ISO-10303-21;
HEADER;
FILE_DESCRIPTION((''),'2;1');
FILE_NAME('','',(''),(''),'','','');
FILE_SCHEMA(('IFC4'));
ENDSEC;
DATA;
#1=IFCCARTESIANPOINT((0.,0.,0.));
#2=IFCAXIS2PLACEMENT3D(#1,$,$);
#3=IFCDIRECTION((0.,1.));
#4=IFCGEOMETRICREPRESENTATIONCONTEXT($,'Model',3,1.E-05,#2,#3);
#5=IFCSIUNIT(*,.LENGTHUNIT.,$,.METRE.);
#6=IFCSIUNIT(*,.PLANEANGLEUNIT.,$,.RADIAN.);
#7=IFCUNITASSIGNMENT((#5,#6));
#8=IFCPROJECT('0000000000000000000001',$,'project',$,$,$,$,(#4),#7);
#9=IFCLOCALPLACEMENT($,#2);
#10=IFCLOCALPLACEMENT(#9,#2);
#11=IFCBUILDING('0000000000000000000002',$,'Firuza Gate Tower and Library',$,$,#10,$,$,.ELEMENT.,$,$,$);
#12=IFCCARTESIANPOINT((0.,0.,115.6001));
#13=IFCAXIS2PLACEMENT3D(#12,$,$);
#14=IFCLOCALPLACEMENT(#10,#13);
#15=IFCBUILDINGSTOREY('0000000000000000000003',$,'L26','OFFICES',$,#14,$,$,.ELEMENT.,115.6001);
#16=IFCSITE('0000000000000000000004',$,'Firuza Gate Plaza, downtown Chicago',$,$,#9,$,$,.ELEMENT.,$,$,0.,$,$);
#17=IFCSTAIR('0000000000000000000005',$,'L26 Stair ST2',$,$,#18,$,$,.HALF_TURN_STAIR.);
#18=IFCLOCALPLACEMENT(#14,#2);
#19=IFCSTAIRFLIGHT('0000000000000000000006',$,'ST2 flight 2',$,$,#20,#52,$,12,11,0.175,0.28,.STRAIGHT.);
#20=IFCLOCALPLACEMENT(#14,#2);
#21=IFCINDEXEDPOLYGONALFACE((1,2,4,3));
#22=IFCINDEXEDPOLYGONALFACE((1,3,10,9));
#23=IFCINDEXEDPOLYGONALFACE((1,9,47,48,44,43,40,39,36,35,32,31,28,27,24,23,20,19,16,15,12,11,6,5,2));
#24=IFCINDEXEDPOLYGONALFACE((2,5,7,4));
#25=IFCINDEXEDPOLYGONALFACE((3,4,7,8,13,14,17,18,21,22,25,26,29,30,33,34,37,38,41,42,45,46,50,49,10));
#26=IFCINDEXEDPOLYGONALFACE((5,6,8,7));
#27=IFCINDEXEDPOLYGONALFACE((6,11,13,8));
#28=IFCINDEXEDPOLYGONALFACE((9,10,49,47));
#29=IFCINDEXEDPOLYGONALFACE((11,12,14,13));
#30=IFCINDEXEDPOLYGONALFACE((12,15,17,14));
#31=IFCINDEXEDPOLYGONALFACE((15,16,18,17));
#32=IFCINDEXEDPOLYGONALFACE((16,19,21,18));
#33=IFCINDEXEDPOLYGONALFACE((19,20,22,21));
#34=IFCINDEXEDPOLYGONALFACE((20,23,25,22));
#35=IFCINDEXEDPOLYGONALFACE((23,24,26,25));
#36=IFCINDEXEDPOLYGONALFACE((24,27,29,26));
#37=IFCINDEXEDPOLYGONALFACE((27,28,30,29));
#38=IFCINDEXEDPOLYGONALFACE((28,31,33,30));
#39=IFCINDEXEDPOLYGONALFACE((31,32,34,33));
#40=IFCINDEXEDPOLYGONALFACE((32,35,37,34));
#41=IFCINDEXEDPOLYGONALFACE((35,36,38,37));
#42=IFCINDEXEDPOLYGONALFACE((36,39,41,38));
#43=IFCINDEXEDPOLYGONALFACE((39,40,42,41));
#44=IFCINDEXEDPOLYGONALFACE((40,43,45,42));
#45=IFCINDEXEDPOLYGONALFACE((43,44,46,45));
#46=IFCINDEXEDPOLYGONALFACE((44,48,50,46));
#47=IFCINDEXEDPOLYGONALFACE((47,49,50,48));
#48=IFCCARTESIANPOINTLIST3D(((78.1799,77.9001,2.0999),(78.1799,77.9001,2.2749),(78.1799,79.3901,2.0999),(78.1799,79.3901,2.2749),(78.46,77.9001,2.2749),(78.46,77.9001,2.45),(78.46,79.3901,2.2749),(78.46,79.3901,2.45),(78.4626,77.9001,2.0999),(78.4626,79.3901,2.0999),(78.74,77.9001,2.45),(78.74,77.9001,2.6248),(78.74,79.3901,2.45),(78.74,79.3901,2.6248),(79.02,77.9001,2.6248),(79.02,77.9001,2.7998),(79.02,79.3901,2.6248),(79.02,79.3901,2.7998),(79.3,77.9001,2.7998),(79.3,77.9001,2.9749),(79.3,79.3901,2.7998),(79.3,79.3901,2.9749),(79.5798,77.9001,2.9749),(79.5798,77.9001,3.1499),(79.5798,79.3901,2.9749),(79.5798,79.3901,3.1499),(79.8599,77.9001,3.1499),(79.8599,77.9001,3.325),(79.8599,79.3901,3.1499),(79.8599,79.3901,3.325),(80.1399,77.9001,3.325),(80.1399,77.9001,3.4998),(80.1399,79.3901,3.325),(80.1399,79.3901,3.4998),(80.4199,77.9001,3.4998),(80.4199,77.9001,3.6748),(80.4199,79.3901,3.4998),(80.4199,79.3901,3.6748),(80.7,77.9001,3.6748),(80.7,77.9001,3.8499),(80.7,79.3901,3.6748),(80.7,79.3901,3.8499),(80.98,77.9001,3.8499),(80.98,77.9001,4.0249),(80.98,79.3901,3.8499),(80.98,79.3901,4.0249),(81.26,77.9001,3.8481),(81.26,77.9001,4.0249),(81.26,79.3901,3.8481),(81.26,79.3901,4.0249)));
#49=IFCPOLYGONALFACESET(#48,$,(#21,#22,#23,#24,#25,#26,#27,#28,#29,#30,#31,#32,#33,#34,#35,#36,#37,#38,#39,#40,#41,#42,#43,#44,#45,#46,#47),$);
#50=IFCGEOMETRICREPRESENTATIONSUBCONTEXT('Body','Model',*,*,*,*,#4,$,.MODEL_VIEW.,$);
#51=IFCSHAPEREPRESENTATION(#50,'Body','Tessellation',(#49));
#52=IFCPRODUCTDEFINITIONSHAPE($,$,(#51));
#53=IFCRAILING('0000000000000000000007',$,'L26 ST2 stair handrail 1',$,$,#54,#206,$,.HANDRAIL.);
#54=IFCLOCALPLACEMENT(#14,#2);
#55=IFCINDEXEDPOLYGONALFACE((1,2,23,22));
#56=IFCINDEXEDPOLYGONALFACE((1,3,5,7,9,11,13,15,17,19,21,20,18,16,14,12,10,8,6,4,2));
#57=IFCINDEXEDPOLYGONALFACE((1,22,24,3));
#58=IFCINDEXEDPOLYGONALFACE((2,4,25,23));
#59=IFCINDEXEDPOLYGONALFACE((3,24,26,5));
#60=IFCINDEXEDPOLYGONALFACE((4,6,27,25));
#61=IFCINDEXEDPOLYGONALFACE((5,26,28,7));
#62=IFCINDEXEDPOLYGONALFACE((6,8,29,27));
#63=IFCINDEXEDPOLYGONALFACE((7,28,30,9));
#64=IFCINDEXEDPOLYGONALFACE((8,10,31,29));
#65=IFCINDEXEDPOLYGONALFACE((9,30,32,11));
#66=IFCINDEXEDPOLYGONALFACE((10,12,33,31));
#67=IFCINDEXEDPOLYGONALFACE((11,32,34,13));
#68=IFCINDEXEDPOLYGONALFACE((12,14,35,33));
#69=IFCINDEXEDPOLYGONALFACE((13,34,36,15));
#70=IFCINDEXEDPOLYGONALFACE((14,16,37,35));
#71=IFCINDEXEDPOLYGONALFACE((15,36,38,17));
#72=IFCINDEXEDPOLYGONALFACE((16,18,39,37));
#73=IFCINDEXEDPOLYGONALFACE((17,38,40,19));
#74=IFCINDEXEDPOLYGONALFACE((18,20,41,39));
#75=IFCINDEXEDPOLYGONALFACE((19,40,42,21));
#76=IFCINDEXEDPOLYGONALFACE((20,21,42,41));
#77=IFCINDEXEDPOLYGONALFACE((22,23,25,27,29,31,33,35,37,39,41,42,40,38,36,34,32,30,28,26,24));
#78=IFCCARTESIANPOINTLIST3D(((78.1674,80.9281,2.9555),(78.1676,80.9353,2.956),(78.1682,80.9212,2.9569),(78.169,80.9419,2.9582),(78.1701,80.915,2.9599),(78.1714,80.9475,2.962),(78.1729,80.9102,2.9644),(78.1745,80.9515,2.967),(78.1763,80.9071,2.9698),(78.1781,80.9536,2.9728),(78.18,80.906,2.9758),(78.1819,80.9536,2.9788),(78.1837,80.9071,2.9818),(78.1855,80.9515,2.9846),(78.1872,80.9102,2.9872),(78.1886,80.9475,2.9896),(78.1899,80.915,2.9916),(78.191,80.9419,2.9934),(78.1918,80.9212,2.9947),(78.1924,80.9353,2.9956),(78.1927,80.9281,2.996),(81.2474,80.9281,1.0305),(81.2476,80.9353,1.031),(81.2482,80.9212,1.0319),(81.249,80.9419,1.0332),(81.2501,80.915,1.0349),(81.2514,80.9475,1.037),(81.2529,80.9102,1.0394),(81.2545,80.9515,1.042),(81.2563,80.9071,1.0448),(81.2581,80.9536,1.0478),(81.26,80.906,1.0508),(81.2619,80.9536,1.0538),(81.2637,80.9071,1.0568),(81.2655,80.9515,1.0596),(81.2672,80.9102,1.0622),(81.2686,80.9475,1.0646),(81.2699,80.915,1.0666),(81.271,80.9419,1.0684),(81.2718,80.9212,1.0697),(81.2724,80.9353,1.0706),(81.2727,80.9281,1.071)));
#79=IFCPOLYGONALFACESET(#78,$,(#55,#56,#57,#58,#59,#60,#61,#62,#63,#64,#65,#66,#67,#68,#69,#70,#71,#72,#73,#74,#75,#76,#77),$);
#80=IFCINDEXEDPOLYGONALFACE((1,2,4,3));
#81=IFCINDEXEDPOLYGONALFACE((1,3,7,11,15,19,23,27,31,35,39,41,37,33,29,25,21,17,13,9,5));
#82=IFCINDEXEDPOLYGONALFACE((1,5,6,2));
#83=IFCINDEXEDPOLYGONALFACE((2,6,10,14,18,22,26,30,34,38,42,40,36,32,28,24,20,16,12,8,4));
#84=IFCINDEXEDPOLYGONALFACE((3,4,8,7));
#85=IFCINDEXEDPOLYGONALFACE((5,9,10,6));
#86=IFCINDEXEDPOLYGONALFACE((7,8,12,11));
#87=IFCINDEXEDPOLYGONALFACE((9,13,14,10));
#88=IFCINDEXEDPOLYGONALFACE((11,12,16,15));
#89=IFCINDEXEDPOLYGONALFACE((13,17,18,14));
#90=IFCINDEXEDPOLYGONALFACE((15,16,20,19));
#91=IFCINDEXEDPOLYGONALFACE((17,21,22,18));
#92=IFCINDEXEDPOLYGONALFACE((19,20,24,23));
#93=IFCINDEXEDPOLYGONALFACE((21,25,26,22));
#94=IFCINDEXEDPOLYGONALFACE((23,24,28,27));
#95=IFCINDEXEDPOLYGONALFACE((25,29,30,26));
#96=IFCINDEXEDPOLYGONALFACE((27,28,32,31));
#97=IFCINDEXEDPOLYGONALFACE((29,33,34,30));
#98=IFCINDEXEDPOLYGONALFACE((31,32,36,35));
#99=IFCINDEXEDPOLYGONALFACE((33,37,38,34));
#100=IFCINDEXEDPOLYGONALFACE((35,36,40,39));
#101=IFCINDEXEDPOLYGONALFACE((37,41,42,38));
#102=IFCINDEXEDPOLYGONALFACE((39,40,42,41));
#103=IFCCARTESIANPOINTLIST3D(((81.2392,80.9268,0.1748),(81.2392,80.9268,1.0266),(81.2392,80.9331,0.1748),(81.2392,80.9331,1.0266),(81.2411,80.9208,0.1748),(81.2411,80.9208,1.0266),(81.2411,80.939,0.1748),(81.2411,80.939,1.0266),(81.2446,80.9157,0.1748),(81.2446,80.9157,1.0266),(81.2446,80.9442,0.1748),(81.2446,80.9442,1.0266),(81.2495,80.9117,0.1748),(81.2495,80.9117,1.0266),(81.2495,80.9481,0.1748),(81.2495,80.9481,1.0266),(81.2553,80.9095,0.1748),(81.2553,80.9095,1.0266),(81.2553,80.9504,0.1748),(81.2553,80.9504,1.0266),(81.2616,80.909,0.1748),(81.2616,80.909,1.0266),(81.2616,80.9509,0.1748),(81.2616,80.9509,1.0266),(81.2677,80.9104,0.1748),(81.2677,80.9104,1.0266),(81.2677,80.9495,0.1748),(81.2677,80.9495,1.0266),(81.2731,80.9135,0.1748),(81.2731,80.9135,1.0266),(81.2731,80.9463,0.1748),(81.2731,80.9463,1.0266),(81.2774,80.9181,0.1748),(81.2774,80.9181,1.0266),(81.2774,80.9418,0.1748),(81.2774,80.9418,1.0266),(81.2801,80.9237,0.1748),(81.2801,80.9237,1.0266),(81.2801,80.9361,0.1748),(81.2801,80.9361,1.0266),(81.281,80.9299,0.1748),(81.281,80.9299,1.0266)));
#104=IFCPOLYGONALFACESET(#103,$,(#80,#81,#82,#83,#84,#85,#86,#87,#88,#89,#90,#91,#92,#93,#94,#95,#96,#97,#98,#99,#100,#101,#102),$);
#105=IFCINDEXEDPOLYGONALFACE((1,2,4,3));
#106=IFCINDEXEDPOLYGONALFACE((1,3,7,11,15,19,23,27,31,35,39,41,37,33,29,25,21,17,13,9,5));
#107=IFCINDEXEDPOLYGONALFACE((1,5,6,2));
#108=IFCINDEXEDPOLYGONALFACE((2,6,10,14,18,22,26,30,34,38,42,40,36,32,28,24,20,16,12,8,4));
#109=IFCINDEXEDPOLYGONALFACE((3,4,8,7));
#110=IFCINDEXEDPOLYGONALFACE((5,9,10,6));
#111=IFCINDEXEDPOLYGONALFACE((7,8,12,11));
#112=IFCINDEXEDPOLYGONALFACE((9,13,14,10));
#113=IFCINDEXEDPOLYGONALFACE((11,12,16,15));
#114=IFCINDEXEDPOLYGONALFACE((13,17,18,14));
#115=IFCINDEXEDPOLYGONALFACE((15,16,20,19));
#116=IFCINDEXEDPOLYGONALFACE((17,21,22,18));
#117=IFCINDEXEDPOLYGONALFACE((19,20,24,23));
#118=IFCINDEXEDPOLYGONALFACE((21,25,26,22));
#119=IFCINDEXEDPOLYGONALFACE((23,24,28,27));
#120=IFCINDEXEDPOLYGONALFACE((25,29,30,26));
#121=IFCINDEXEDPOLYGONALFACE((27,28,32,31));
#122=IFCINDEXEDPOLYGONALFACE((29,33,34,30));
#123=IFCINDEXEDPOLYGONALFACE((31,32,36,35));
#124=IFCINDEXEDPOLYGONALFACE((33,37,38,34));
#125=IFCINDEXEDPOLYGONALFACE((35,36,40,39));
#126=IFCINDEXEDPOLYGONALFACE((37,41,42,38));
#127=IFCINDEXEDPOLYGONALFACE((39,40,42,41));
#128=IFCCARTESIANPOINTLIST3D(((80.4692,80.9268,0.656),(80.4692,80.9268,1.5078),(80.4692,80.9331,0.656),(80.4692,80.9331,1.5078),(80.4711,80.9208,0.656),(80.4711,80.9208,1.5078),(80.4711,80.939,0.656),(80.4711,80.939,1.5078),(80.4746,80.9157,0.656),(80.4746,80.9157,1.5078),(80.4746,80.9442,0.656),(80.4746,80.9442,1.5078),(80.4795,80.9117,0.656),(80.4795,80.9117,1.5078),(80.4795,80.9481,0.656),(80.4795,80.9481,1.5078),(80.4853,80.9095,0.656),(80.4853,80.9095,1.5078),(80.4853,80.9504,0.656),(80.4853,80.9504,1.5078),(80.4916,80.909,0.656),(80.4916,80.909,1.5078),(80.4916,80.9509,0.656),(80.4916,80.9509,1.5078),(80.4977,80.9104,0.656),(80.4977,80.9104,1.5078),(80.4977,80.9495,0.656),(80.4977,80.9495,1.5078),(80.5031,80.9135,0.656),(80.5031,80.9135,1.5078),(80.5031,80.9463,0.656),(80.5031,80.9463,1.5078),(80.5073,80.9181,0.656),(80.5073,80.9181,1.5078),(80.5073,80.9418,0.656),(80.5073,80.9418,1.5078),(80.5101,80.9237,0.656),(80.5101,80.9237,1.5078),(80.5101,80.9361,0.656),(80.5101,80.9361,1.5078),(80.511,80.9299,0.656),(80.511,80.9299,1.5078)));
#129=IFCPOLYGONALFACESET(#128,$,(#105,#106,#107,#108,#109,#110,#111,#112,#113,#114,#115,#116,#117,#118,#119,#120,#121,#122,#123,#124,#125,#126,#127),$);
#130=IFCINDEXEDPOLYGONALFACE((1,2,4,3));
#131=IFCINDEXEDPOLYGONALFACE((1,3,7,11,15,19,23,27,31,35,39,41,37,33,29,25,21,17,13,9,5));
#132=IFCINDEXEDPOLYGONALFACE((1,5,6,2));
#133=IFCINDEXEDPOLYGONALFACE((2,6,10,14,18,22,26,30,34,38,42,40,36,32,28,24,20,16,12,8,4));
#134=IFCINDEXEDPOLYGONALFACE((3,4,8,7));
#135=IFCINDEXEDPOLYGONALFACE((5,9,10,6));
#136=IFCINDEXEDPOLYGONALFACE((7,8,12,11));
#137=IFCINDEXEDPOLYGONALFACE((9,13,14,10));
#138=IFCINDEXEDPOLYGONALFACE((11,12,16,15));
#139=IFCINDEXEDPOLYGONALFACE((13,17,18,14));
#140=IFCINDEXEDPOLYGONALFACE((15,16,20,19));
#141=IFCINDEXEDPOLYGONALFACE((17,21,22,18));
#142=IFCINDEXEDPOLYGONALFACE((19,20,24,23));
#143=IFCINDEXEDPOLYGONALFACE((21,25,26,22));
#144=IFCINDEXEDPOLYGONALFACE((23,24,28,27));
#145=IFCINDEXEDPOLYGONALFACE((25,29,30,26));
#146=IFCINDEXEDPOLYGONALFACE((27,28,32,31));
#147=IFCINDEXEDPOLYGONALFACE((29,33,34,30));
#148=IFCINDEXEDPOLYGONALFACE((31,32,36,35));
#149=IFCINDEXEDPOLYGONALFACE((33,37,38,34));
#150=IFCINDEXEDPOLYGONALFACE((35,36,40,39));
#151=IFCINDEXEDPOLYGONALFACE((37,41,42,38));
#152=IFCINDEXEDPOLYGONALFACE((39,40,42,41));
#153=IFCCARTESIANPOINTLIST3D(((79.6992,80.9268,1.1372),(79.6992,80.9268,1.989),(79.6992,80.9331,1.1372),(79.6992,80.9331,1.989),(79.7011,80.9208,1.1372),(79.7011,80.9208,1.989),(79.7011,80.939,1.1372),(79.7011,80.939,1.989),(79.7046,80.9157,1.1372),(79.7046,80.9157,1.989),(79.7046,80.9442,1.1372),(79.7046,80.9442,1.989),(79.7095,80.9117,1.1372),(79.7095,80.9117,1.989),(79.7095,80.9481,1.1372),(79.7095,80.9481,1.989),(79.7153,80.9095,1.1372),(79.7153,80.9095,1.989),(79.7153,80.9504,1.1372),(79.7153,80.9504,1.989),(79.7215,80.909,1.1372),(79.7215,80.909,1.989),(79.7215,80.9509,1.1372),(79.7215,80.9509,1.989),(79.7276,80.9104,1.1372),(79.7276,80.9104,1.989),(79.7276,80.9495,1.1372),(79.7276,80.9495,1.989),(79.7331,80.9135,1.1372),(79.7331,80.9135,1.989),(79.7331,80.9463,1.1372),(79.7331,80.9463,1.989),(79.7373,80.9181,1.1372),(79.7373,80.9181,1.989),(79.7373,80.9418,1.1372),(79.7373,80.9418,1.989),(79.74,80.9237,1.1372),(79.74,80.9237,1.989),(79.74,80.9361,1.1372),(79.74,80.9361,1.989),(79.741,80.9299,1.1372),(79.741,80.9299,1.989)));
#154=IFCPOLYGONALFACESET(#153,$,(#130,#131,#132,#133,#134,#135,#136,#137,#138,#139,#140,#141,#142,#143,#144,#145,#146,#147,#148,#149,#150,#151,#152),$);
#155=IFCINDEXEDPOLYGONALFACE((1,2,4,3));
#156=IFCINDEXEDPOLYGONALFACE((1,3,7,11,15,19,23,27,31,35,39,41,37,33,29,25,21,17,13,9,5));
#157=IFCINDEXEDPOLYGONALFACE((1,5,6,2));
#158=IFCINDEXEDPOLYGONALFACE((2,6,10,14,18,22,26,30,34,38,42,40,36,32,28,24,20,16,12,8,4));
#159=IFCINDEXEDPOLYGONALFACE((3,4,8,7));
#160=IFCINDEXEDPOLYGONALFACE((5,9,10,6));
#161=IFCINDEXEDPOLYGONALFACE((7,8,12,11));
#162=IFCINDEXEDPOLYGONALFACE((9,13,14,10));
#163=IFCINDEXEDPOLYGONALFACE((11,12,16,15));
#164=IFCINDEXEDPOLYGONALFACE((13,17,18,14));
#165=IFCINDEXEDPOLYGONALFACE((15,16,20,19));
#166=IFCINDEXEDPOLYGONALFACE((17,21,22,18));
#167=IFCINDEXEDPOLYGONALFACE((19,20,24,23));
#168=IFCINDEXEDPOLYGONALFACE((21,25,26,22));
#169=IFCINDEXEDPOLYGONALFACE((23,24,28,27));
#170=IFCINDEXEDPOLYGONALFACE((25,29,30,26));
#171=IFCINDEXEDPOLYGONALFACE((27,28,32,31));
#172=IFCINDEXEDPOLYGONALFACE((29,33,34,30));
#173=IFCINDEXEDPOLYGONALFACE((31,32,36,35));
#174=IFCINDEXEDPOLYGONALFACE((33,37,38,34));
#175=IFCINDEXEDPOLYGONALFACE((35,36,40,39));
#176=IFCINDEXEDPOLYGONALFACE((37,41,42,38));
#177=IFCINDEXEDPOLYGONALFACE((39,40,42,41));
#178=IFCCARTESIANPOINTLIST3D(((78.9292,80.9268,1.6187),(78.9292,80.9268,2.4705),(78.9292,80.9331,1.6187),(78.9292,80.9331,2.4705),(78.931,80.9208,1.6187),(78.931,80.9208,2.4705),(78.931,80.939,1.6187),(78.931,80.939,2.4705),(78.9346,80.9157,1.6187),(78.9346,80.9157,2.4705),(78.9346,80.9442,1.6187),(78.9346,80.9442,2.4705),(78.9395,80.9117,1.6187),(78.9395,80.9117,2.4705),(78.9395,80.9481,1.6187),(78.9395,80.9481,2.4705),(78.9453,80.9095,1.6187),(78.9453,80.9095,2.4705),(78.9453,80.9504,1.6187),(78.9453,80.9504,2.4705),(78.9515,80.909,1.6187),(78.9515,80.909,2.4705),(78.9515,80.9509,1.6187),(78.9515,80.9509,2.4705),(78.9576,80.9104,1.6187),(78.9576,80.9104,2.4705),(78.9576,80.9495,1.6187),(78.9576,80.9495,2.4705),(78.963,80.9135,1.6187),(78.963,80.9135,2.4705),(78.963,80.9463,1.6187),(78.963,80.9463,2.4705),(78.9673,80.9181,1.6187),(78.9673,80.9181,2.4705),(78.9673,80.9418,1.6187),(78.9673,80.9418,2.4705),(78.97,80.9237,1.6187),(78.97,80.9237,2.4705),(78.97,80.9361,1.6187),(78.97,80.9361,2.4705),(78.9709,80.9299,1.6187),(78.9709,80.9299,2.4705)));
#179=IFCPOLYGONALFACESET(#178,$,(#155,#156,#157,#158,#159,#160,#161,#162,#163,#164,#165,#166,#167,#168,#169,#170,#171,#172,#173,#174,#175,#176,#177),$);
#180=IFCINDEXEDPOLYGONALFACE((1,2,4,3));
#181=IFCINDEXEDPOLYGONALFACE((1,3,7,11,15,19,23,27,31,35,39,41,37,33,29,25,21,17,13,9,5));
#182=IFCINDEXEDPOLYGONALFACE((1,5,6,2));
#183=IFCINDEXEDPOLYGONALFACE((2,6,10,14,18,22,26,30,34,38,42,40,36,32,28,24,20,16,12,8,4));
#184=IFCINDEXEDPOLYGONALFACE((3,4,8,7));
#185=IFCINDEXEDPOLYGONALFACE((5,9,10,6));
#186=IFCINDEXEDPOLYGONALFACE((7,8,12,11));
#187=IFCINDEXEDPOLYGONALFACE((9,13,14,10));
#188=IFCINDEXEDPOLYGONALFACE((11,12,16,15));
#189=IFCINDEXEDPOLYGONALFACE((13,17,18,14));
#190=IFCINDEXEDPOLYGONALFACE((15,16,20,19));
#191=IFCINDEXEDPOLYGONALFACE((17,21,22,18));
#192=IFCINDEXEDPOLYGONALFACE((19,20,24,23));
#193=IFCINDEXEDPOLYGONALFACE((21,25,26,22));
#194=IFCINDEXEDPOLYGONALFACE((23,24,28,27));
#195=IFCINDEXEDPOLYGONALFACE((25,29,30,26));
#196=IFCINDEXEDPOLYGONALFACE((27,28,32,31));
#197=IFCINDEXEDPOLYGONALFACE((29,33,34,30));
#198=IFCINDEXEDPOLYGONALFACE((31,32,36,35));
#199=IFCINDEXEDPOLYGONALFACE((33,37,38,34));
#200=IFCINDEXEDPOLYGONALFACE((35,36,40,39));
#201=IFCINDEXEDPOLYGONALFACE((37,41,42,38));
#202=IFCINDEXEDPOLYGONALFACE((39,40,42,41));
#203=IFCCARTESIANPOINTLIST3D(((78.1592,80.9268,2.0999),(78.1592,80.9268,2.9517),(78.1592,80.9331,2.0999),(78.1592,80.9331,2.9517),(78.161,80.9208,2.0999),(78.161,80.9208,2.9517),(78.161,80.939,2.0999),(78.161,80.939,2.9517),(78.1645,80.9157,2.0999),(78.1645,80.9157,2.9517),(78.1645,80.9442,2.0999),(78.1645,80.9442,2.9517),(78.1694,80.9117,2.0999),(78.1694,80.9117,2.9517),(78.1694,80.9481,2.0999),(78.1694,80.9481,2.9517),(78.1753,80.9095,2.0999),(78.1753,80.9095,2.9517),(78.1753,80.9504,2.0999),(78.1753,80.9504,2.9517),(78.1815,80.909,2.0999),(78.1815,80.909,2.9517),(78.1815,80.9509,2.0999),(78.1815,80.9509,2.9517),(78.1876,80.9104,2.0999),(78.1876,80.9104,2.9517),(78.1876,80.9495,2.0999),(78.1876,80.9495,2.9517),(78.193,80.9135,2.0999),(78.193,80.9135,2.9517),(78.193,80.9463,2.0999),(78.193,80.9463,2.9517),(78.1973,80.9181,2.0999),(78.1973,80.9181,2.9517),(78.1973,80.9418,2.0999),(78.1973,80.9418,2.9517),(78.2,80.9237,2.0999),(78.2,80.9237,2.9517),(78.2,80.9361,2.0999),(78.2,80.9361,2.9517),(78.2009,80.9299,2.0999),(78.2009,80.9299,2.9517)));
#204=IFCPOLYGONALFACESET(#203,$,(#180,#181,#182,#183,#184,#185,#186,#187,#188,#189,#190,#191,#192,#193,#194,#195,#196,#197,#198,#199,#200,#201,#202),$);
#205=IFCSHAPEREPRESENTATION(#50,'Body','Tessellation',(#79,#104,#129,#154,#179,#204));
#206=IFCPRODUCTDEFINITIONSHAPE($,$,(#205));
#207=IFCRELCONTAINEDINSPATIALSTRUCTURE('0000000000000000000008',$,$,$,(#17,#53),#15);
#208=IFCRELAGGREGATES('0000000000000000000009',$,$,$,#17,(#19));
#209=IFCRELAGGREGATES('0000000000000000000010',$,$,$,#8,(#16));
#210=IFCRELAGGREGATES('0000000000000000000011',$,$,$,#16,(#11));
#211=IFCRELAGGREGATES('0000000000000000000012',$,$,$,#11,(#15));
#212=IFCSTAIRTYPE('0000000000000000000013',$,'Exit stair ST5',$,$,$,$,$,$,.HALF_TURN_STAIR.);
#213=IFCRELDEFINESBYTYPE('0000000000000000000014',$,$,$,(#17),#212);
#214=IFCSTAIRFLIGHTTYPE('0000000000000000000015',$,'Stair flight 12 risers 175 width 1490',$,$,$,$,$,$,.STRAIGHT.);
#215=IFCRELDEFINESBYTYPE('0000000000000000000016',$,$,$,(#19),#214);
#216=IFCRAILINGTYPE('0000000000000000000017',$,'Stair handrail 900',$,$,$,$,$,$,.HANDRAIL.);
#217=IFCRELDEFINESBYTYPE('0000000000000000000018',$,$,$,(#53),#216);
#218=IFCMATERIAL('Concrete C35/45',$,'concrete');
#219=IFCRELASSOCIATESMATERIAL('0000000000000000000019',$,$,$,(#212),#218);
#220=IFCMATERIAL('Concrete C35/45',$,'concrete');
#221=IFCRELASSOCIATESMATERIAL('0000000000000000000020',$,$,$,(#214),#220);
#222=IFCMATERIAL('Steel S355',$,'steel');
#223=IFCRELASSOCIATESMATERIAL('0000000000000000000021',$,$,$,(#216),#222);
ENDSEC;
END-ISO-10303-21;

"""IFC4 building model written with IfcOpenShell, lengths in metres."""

from ifc_helpers import new_model, si_unit, direction, frame, origin, origin_2d, place, context, subcontext, project, spatial, polyline, circle, outline, extrude, material, type_object, element, aggregate, save


model = new_model("IFC4")

# Units and contexts
model_context = context("Model", 3, precision=1e-05, world=origin(), true_north=direction((0.0, 1.0)))
body_context = subcontext(model_context, "Body", "Model", "MODEL_VIEW")
ifc_project = project(units=[si_unit("LENGTHUNIT", "METRE"), si_unit("PLANEANGLEUNIT", "RADIAN")], contexts=[model_context])

# Site, building, storey
site_placement = place(None, origin())
site = spatial("IfcSite", under=ifc_project, at=site_placement, Name="Firuza Gate Plaza, downtown Chicago", CompositionType="ELEMENT", RefElevation=0.0)
building_placement = place(site_placement, origin())
building = spatial("IfcBuilding", under=site, at=building_placement, Name="Firuza Gate Tower and Library", CompositionType="ELEMENT")
storey_placement = place(building_placement, frame((0.0, 0.0, 115.6001)))
storey = spatial("IfcBuildingStorey", under=building, at=storey_placement, Name="L26", Description="OFFICES", CompositionType="ELEMENT", Elevation=115.6001)

# Stair, stair flight
ifc_material_1 = material(Name="Concrete C35/45", Category="concrete")
stair_type = type_object("IfcStairType", Name="Exit stair ST5", PredefinedType="HALF_TURN_STAIR", material=ifc_material_1)
stair_placement = place(storey_placement, origin())
stair = element("IfcStair", 1, at=stair_placement, inside=storey, type_object=stair_type, Name="L26 Stair ST2", PredefinedType="HALF_TURN_STAIR")
ifc_material_2 = material(Name="Concrete C35/45", Category="concrete")
stair_flight_type = type_object("IfcStairFlightType", Name="Stair flight 12 risers 175 width 1490", PredefinedType="STRAIGHT", material=ifc_material_2)
stair_flight_1_placement = place(storey_placement, frame((78.1799, 78.645, 2.0999), z_axis=(0.0, 0.0, 1.0), x_axis=(1.0, 0.0, 0.0)))
stair_flight_1 = element("IfcStairFlight", 2, at=stair_flight_1_placement, type_object=stair_flight_type, Name="ST2 flight 2", NumberOfRisers=12, NumberOfTreads=11, PredefinedType="STRAIGHT", RiserHeight=0.175, TreadLength=0.28, context=body_context, shape_type="SweptSolid", body=[
    extrude(outline(polyline([(0.0, 0.0), (0.0, 0.175), (0.28, 0.175), (0.28, 0.3501), (0.5601, 0.3501), (0.5601, 0.5249), (0.8401, 0.5249), (0.8401, 0.7), (1.1201, 0.7), (1.1201, 0.875), (1.3999, 0.875), (1.3999, 1.05), (1.6799, 1.05), (1.6799, 1.2251), (1.96, 1.2251), (1.96, 1.3999), (2.24, 1.3999), (2.24, 1.575), (2.52, 1.575), (2.52, 1.75), (2.8, 1.75), (2.8, 1.925), (3.0801, 1.925), (3.0801, 2.1001), (3.0801, 1.7483), (0.2827, 0.0), (0.0, 0.0)])), frame((0.0, 0.7451, 0.0), z_axis=(0.0, -1.0, 0.0), x_axis=(1.0, 0.0, 0.0)), (0.0, 0.0, 1.0), 1.49),
])
aggregate(stair, [stair_flight_1])

# Railing
ifc_material_3 = material(Name="Steel S355", Category="steel")
railing_type_1 = type_object("IfcRailingType", Name="Stair handrail 900", PredefinedType="HANDRAIL", material=ifc_material_3)
railing_1_placement = place(storey_placement, frame((81.26, 80.9299, 0.1748)))
element("IfcRailing", 3, at=railing_1_placement, inside=storey, type_object=railing_type_1, Name="L26 ST2 stair handrail 1", PredefinedType="HANDRAIL", context=body_context, shape_type="SweptSolid", body=[
    extrude(circle(Radius=0.0239, at=origin_2d()), frame((0.0, 0.0, 0.876), z_axis=(-0.847998, 0.0, 0.529999), x_axis=(0.0, -1.0, 0.0)), (0.0, 0.0, 1.0), 3.6321),
    extrude(circle(Radius=0.021, at=origin_2d()), origin(), (0.0, 0.0, 1.0), 0.8518),
    extrude(circle(Radius=0.021, at=origin_2d()), frame((-0.77, 0.0, 0.4812)), (0.0, 0.0, 1.0), 0.8518),
    extrude(circle(Radius=0.021, at=origin_2d()), frame((-1.54, 0.0, 0.9624)), (0.0, 0.0, 1.0), 0.8518),
    extrude(circle(Radius=0.021, at=origin_2d()), frame((-2.3101, 0.0, 1.4438)), (0.0, 0.0, 1.0), 0.8518),
    extrude(circle(Radius=0.021, at=origin_2d()), frame((-3.0801, 0.0, 1.925)), (0.0, 0.0, 1.0), 0.8518),
])

save(model, "model.ifc")
